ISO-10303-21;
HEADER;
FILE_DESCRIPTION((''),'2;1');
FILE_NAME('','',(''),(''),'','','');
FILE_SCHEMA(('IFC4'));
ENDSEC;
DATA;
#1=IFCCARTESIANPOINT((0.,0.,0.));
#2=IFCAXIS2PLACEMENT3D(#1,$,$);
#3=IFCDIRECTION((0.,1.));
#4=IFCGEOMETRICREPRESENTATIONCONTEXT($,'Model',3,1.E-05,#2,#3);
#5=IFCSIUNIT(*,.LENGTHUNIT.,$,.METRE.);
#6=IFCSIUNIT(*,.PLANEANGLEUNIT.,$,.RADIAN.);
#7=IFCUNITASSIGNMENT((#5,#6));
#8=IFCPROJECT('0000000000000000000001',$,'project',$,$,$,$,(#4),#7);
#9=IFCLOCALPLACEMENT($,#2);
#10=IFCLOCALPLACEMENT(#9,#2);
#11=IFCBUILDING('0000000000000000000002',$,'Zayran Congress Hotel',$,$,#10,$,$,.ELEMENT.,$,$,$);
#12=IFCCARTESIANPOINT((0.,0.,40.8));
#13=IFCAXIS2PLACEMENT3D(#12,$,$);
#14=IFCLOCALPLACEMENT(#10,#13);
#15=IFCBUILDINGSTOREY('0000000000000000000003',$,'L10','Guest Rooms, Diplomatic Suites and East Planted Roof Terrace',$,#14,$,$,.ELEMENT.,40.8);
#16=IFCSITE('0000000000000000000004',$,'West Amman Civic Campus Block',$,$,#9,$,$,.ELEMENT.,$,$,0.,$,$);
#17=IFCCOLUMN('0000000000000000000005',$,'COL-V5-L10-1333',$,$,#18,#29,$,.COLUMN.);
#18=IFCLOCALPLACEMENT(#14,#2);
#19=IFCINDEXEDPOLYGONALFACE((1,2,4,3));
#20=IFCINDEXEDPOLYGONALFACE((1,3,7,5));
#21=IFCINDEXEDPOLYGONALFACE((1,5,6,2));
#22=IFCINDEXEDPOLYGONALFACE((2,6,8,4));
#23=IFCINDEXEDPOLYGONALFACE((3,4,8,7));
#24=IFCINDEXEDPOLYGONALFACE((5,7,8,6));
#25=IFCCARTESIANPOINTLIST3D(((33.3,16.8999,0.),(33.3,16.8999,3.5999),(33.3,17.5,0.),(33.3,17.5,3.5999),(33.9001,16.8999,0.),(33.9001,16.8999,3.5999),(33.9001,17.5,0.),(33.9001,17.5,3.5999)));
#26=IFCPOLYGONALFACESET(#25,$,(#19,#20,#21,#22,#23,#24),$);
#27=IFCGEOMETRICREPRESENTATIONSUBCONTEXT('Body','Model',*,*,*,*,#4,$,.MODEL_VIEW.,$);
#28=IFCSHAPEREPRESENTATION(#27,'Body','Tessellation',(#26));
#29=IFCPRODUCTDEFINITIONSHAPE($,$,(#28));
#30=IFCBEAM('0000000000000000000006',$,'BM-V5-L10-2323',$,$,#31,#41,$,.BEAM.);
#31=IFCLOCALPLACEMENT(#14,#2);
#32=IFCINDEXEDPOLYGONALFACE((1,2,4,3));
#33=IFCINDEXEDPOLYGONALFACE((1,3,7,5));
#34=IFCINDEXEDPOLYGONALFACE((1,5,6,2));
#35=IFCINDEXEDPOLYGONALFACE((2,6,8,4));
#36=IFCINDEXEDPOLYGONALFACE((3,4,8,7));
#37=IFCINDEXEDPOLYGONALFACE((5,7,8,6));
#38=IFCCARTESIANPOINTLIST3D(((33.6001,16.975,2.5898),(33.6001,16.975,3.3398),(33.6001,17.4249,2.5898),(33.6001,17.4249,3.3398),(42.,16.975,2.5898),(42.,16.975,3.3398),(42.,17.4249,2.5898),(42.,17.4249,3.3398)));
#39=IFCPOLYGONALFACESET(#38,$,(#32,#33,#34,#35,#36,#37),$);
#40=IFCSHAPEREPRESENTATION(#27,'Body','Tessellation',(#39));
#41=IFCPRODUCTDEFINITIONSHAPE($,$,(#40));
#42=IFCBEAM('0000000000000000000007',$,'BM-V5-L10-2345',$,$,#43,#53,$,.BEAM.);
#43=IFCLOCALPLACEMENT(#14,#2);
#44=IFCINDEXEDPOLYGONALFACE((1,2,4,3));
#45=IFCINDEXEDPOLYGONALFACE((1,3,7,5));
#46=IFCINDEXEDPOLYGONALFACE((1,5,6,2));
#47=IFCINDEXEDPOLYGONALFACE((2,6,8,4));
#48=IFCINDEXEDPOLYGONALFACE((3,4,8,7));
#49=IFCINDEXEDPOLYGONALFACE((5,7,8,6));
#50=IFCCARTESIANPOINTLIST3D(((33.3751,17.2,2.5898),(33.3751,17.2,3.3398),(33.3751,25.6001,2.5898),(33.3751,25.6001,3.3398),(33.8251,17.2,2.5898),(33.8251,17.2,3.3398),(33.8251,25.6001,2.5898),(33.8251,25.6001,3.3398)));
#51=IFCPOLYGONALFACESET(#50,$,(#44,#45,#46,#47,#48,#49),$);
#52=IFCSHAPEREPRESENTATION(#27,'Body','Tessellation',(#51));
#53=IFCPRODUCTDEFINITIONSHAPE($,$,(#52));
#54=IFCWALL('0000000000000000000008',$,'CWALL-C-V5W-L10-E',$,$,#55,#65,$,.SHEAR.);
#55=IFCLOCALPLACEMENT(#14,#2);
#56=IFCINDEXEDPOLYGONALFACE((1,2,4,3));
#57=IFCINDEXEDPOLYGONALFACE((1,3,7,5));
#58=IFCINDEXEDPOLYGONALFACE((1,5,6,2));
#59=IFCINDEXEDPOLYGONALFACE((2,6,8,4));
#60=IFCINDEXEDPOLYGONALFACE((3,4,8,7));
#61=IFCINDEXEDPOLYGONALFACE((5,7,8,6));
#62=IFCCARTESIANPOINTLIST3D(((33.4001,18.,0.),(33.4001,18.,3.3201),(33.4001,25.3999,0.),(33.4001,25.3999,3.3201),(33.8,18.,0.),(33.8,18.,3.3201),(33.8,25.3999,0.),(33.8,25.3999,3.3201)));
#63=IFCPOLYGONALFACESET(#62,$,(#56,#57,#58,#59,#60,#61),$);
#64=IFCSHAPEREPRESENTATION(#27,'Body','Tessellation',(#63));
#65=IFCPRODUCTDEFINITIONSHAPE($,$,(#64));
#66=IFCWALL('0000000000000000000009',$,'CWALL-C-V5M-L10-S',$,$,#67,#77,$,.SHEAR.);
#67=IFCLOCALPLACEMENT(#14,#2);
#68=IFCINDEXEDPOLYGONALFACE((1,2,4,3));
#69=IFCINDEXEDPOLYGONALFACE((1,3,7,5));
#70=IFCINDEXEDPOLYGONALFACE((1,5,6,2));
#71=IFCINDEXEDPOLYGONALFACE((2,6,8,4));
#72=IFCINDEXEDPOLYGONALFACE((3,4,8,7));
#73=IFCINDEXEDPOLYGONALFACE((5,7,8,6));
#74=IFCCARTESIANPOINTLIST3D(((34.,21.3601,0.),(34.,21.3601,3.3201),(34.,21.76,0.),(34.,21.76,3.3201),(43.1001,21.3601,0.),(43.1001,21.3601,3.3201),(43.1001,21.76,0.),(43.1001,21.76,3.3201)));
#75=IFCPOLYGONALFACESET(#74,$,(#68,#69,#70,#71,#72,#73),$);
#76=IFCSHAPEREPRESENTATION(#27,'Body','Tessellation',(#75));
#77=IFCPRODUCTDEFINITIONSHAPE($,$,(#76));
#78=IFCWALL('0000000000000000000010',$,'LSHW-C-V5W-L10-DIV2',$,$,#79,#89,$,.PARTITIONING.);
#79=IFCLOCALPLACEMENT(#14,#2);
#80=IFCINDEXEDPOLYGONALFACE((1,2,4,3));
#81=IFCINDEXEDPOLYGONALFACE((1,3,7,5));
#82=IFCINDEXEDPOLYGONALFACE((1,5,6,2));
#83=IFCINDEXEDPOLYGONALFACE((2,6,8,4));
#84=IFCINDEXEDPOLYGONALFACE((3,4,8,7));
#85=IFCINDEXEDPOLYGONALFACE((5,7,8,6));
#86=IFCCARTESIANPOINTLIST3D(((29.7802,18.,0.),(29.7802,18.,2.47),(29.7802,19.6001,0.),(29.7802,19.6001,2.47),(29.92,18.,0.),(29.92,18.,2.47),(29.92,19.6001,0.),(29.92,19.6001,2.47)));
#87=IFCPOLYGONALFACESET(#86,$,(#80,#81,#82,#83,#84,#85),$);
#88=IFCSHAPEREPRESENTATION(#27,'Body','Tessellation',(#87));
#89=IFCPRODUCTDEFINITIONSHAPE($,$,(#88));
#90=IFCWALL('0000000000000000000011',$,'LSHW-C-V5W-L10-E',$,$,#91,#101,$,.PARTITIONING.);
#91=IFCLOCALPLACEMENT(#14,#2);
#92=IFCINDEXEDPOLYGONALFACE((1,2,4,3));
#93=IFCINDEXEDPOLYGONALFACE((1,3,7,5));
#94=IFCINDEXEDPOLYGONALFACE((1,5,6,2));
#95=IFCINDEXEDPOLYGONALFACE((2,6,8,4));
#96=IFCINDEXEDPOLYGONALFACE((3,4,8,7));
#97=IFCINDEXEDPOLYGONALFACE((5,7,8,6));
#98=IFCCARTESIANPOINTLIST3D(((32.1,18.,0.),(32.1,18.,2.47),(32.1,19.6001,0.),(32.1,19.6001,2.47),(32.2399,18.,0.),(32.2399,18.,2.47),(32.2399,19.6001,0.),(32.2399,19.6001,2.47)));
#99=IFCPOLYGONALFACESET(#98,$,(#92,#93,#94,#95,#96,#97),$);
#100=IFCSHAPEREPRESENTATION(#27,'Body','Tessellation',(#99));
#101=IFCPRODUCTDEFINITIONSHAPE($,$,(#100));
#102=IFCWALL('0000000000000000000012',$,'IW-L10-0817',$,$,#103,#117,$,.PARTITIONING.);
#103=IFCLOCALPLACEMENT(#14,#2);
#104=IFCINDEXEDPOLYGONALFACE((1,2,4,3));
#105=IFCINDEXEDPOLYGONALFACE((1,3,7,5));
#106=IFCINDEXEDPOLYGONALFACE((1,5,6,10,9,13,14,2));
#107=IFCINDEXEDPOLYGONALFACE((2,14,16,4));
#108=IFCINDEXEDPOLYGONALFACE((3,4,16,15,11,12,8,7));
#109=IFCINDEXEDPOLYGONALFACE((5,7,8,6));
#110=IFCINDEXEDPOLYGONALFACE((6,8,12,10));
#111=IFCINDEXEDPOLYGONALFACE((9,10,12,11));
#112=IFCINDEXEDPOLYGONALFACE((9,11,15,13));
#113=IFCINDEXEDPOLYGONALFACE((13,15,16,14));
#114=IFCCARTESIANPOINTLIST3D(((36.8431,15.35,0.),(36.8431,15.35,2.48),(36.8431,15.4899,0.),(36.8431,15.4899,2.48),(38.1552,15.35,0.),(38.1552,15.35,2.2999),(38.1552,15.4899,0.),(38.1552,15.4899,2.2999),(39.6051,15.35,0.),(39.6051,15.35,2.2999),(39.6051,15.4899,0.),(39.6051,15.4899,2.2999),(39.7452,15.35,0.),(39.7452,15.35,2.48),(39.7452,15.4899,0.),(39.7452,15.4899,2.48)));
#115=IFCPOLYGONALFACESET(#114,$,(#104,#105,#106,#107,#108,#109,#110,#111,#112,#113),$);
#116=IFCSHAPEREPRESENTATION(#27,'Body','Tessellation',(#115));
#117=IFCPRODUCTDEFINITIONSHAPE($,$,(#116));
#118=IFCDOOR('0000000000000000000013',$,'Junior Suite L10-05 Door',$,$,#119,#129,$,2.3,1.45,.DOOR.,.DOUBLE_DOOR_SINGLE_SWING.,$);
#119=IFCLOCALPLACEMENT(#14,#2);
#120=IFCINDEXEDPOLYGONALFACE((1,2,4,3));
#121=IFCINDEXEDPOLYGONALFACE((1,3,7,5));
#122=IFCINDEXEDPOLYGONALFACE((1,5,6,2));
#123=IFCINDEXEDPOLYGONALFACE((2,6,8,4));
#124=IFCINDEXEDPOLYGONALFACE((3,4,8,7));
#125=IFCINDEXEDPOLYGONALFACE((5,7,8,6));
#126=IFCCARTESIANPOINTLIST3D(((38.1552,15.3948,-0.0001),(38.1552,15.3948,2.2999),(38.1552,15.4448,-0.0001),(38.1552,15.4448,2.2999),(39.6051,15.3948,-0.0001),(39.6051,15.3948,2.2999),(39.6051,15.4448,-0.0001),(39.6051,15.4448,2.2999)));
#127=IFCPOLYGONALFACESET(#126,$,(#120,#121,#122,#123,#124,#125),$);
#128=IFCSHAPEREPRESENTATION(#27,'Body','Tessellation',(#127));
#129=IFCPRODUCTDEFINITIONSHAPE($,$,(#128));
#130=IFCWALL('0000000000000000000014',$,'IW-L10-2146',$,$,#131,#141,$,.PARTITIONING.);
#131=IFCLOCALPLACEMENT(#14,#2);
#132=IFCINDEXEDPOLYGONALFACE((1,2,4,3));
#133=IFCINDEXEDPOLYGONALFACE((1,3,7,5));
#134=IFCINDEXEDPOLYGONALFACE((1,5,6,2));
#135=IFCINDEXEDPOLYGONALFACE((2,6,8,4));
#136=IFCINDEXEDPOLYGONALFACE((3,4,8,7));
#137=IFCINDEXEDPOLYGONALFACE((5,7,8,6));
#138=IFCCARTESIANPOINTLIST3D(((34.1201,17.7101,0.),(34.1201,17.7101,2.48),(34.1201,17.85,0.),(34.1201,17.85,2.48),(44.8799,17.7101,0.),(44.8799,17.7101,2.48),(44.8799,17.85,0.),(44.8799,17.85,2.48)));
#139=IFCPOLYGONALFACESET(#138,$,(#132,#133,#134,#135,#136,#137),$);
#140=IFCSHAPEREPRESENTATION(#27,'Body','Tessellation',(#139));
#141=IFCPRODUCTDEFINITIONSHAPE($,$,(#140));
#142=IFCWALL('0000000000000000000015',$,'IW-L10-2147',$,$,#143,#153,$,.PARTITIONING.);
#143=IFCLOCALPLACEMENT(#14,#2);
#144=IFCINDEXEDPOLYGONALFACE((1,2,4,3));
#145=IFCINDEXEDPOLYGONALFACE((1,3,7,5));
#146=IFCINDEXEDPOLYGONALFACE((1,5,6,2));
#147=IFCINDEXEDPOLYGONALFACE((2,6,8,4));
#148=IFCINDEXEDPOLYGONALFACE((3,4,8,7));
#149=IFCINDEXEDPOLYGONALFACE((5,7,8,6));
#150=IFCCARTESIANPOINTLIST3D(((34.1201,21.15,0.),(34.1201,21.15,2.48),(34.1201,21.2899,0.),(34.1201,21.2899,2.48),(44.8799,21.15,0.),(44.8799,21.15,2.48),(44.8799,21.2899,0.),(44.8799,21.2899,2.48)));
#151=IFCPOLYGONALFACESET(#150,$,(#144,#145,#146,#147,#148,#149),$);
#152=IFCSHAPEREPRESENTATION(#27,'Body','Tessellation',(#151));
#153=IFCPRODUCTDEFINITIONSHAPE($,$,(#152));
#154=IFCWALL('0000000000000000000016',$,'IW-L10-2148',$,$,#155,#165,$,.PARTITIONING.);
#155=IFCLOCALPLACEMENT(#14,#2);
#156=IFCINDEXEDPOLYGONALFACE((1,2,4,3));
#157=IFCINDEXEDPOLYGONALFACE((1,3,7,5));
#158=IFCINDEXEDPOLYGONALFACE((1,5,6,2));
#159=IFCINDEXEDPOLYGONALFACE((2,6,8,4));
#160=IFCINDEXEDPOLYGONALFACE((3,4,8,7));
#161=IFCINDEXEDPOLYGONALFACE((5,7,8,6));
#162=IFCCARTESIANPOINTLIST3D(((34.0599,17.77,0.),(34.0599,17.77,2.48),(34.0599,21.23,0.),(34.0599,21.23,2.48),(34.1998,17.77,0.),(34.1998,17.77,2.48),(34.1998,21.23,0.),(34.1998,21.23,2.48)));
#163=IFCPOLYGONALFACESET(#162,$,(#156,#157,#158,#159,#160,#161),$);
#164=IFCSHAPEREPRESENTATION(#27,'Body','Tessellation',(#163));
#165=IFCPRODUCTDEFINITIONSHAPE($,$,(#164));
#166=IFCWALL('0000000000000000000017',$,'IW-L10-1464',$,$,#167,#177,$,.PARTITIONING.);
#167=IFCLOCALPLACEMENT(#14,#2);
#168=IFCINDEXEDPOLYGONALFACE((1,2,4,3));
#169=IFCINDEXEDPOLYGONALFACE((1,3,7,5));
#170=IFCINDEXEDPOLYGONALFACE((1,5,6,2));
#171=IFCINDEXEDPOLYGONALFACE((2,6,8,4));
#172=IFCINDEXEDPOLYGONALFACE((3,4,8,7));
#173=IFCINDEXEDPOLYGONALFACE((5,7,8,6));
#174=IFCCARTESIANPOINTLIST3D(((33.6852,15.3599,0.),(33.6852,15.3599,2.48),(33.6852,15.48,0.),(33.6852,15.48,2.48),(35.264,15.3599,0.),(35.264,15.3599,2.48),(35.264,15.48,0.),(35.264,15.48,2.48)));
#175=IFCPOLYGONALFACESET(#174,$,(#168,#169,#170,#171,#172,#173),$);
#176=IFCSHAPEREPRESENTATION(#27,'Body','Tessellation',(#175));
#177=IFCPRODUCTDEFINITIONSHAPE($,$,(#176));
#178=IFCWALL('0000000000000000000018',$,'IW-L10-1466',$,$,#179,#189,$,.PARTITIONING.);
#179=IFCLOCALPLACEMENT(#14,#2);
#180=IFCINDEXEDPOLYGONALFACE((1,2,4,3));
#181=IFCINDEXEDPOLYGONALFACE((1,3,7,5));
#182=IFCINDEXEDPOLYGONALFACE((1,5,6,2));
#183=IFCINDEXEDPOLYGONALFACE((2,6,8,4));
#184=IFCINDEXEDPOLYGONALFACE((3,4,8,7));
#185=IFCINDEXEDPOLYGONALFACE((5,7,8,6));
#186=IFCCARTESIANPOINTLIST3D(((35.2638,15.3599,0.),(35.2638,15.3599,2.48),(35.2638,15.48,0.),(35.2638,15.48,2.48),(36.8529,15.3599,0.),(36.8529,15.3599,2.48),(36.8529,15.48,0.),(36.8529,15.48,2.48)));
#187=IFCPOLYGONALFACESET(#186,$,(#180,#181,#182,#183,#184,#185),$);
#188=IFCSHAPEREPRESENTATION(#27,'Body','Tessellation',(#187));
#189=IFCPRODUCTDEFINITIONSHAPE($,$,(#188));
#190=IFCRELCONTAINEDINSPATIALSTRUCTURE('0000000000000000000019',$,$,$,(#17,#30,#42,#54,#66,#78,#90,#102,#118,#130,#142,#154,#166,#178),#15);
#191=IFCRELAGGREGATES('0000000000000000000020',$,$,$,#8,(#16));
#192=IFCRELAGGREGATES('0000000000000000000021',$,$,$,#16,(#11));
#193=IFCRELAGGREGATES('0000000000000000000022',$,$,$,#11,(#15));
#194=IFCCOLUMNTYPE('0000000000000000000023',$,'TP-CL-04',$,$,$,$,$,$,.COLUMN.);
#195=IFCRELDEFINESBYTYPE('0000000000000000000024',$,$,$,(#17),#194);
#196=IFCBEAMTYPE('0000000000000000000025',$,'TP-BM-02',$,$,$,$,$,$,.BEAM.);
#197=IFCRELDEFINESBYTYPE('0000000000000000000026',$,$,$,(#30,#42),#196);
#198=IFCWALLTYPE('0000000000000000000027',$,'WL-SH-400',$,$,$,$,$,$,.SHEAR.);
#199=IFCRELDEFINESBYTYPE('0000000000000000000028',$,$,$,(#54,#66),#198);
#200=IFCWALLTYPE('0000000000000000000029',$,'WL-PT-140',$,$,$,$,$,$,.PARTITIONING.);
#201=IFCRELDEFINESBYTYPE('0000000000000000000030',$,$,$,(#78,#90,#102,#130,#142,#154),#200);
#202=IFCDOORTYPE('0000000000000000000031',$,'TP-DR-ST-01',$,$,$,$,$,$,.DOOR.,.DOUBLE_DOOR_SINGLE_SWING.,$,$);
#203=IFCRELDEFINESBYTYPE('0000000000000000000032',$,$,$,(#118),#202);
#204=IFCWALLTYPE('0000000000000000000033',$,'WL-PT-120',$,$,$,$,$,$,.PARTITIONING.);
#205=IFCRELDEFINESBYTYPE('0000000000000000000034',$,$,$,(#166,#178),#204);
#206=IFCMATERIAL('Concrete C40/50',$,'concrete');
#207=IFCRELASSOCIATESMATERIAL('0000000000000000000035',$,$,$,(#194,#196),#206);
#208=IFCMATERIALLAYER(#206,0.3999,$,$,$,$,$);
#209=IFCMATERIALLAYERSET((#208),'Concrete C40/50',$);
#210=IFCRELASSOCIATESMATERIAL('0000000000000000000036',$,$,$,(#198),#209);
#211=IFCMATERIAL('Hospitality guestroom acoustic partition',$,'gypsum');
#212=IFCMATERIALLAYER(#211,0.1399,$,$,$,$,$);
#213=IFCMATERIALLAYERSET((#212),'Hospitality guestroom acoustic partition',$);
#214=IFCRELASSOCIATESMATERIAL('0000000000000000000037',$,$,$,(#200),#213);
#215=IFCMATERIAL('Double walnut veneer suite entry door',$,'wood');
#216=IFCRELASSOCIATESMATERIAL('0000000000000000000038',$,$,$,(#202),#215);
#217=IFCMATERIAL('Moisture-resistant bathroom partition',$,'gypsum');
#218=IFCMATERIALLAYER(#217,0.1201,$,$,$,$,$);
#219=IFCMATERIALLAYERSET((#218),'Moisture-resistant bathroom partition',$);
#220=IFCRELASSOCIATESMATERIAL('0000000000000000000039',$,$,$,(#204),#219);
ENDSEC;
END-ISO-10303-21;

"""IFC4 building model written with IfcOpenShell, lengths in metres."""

from ifc_helpers import new_model, si_unit, direction, frame, frame_2d, origin, origin_2d, place, context, subcontext, project, spatial, rectangle, extrude, material, layer, layer_set, material_profile, profile_set, type_object, element, fill, save


model = new_model("IFC4")

# Units and contexts
model_context = context("Model", 3, precision=1e-05, world=origin(), true_north=direction((0.0, 1.0)))
body_context = subcontext(model_context, "Body", "Model", "MODEL_VIEW")
ifc_project = project(units=[si_unit("LENGTHUNIT", "METRE"), si_unit("PLANEANGLEUNIT", "RADIAN")], contexts=[model_context])

# Site, building, storey
site_placement = place(None, origin())
site = spatial("IfcSite", under=ifc_project, at=site_placement, Name="West Amman Civic Campus Block", CompositionType="ELEMENT", RefElevation=0.0)
building_placement = place(site_placement, origin())
building = spatial("IfcBuilding", under=site, at=building_placement, Name="Zayran Congress Hotel", CompositionType="ELEMENT")
storey_placement = place(building_placement, frame((0.0, 0.0, 40.8)))
storey = spatial("IfcBuildingStorey", under=building, at=storey_placement, Name="L10", Description="Guest Rooms, Diplomatic Suites and East Planted Roof Terrace", CompositionType="ELEMENT", Elevation=40.8)

# Column
ifc_material_1 = material(Name="Concrete C40/50", Category="concrete")
ifc_material_profile_1 = material_profile(ifc_material_1, rectangle(XDim=0.6001, YDim=0.6001, at=origin_2d()), Name="RC 600x600")
ifc_profile_set_1 = profile_set([ifc_material_profile_1], Name="Concrete C40/50")
column_type = type_object("IfcColumnType", Name="TP-CL-04", PredefinedType="COLUMN", material=ifc_profile_set_1)
column_placement = place(storey_placement, frame((33.6001, 17.2, 0.0), z_axis=(0.0, 0.0, 1.0), x_axis=(1.0, 0.0, 0.0)))
element("IfcColumn", 1, at=column_placement, inside=storey, type_object=column_type, Name="COL-V5-L10-1333", PredefinedType="COLUMN", context=body_context, shape_type="SweptSolid", body=[
    extrude(rectangle(XDim=0.6001, YDim=0.6001, at=origin_2d()), origin(), (0.0, 0.0, 1.0), 3.5999),
])

# Beams
ifc_material_profile_2 = material_profile(ifc_material_1, rectangle(XDim=0.45, YDim=0.75, at=origin_2d()), Name="RC 450x750")
ifc_profile_set_2 = profile_set([ifc_material_profile_2], Name="Concrete C40/50")
beam_type = type_object("IfcBeamType", Name="TP-BM-02", PredefinedType="BEAM", material=ifc_profile_set_2)
beam_1_placement = place(storey_placement, frame((33.6001, 17.2, 2.9648), z_axis=(1.0, 0.0, 0.0), x_axis=(0.0, 1.0, 0.0)))
element("IfcBeam", 2, at=beam_1_placement, inside=storey, type_object=beam_type, Name="BM-V5-L10-2323", PredefinedType="BEAM", context=body_context, shape_type="SweptSolid", body=[
    extrude(rectangle(XDim=0.45, YDim=0.75, at=origin_2d()), origin(), (0.0, 0.0, 1.0), 8.3999),
])
beam_2_placement = place(storey_placement, frame((33.6001, 17.2, 2.9648), z_axis=(0.0, 1.0, 0.0), x_axis=(-1.0, 0.0, 0.0)))
element("IfcBeam", 3, at=beam_2_placement, inside=storey, type_object=beam_type, Name="BM-V5-L10-2345", PredefinedType="BEAM", context=body_context, shape_type="SweptSolid", body=[
    extrude(rectangle(XDim=0.45, YDim=0.75, at=origin_2d()), origin(), (0.0, 0.0, 1.0), 8.4001),
])

# Walls
ifc_layer_1 = layer(ifc_material_1, 0.3999)
ifc_layer_set_1 = layer_set([ifc_layer_1], Name="Concrete C40/50")
wall_type_1 = type_object("IfcWallType", Name="WL-SH-400", PredefinedType="SHEAR", material=ifc_layer_set_1)
wall_1_placement = place(storey_placement, frame((33.6001, 18.0, 0.0), z_axis=(0.0, 0.0, 1.0), x_axis=(0.0, 1.0, 0.0)))
element("IfcWall", 4, at=wall_1_placement, inside=storey, type_object=wall_type_1, Name="CWALL-C-V5W-L10-E", PredefinedType="SHEAR", context=body_context, shape_type="SweptSolid", body=[
    extrude(rectangle(XDim=7.3999, YDim=0.3999, at=frame_2d((3.7, 0.0))), origin(), (0.0, 0.0, 1.0), 3.3201),
])
wall_2_placement = place(storey_placement, frame((34.0, 21.5601, 0.0), z_axis=(0.0, 0.0, 1.0), x_axis=(1.0, 0.0, 0.0)))
element("IfcWall", 5, at=wall_2_placement, inside=storey, type_object=wall_type_1, Name="CWALL-C-V5M-L10-S", PredefinedType="SHEAR", context=body_context, shape_type="SweptSolid", body=[
    extrude(rectangle(XDim=9.1001, YDim=0.3999, at=frame_2d((4.55, 0.0))), origin(), (0.0, 0.0, 1.0), 3.3201),
])
ifc_material_2 = material(Name="Hospitality guestroom acoustic partition", Category="gypsum")
ifc_layer_2 = layer(ifc_material_2, 0.1399)
ifc_layer_set_2 = layer_set([ifc_layer_2], Name="Hospitality guestroom acoustic partition")
wall_type_2 = type_object("IfcWallType", Name="WL-PT-140", PredefinedType="PARTITIONING", material=ifc_layer_set_2)
for number, where, z_axis, x_axis, name in (
    (6, (29.8501, 18.0, 0.0), (0.0, 0.0, 1.0), (0.0, 1.0, 0.0), "LSHW-C-V5W-L10-DIV2"),
    (7, (32.1699, 18.0, 0.0), (0.0, 0.0, 1.0), (0.0, 1.0, 0.0), "LSHW-C-V5W-L10-E"),
):
    element("IfcWall", number, at=place(storey_placement, frame(where, z_axis=z_axis, x_axis=x_axis)), inside=storey, type_object=wall_type_2, Name=name, PredefinedType="PARTITIONING", context=body_context, shape_type="SweptSolid", body=[
        extrude(rectangle(XDim=1.6001, YDim=0.1399, at=frame_2d((0.8, 0.0))), origin(), (0.0, 0.0, 1.0), 2.47),
    ])

# Wall, opening, door
wall_3_placement = place(storey_placement, frame((36.843, 15.4199, 0.0), z_axis=(0.0, 0.0, 1.0), x_axis=(1.0, 0.0, 0.0)))
wall_3 = element("IfcWall", 8, at=wall_3_placement, inside=storey, type_object=wall_type_2, Name="IW-L10-0817", PredefinedType="PARTITIONING", context=body_context, shape_type="SweptSolid", body=[
    extrude(rectangle(XDim=2.9021, YDim=0.1399, at=frame_2d((1.4512, 0.0))), origin(), (0.0, 0.0, 1.0), 2.48),
])
opening_placement = place(wall_3_placement, frame((1.312, 0.0, 0.0)))
opening = element("IfcOpeningElement", 9, at=opening_placement, cuts=wall_3, PredefinedType="OPENING", context=body_context, shape_type="SweptSolid", body=[
    extrude(rectangle(XDim=1.45, YDim=2.3, at=frame_2d((0.7251, 1.1499))), frame((0.0, 0.0798, 0.0), z_axis=(0.0, -1.0, 0.0), x_axis=(1.0, 0.0, 0.0)), (0.0, 0.0, 1.0), 0.1599),
])
ifc_material_3 = material(Name="Double walnut veneer suite entry door", Category="wood")
door_type = type_object("IfcDoorType", Name="TP-DR-ST-01", OperationType="DOUBLE_DOOR_SINGLE_SWING", PredefinedType="DOOR", material=ifc_material_3)
door_placement = place(opening_placement, origin())
door = element("IfcDoor", 10, at=door_placement, inside=storey, type_object=door_type, Name="Junior Suite L10-05 Door", OperationType="DOUBLE_DOOR_SINGLE_SWING", OverallHeight=2.3, OverallWidth=1.45, PredefinedType="DOOR", context=body_context, shape_type="SweptSolid", body=[
    extrude(rectangle(XDim=1.45, YDim=2.3, at=frame_2d((0.7251, 1.1499))), frame((0.0, 0.0249, 0.0), z_axis=(0.0, -1.0, 0.0), x_axis=(1.0, 0.0, 0.0)), (0.0, 0.0, 1.0), 0.05),
])
fill(opening, door)

# Walls
for number, where, z_axis, x_axis, name in (
    (11, (34.1201, 17.78, 0.0), (0.0, 0.0, 1.0), (1.0, 0.0, 0.0), "IW-L10-2146"),
    (12, (34.1201, 21.22, 0.0), (0.0, 0.0, 1.0), (1.0, 0.0, 0.0), "IW-L10-2147"),
):
    element("IfcWall", number, at=place(storey_placement, frame(where, z_axis=z_axis, x_axis=x_axis)), inside=storey, type_object=wall_type_2, Name=name, PredefinedType="PARTITIONING", context=body_context, shape_type="SweptSolid", body=[
        extrude(rectangle(XDim=10.7598, YDim=0.1399, at=frame_2d((5.3799, 0.0))), origin(), (0.0, 0.0, 1.0), 2.48),
    ])
wall_4_placement = place(storey_placement, frame((34.1299, 17.77, 0.0), z_axis=(0.0, 0.0, 1.0), x_axis=(0.0, 1.0, 0.0)))
element("IfcWall", 13, at=wall_4_placement, inside=storey, type_object=wall_type_2, Name="IW-L10-2148", PredefinedType="PARTITIONING", context=body_context, shape_type="SweptSolid", body=[
    extrude(rectangle(XDim=3.46, YDim=0.1399, at=frame_2d((1.73, 0.0))), origin(), (0.0, 0.0, 1.0), 2.48),
])
ifc_material_4 = material(Name="Moisture-resistant bathroom partition", Category="gypsum")
ifc_layer_3 = layer(ifc_material_4, 0.1201)
ifc_layer_set_3 = layer_set([ifc_layer_3], Name="Moisture-resistant bathroom partition")
wall_type_3 = type_object("IfcWallType", Name="WL-PT-120", PredefinedType="PARTITIONING", material=ifc_layer_set_3)
wall_5_placement = place(storey_placement, frame((33.6851, 15.4199, 0.0), z_axis=(0.0, 0.0, 1.0), x_axis=(1.0, 0.0, 0.0)))
element("IfcWall", 14, at=wall_5_placement, inside=storey, type_object=wall_type_3, Name="IW-L10-1464", PredefinedType="PARTITIONING", context=body_context, shape_type="SweptSolid", body=[
    extrude(rectangle(XDim=1.5789, YDim=0.1201, at=frame_2d((0.7896, 0.0))), origin(), (0.0, 0.0, 1.0), 2.48),
])
for number, where, z_axis, x_axis, name in (
    (15, (35.2639, 15.4199, 0.0), (0.0, 0.0, 1.0), (1.0, 0.0, 0.0), "IW-L10-1466"),
):
    element("IfcWall", number, at=place(storey_placement, frame(where, z_axis=z_axis, x_axis=x_axis)), inside=storey, type_object=wall_type_3, Name=name, PredefinedType="PARTITIONING", context=body_context, shape_type="SweptSolid", body=[
        extrude(rectangle(XDim=1.5891, YDim=0.1201, at=frame_2d((0.7944, 0.0))), origin(), (0.0, 0.0, 1.0), 2.48),
    ])

save(model, "model.ifc")
